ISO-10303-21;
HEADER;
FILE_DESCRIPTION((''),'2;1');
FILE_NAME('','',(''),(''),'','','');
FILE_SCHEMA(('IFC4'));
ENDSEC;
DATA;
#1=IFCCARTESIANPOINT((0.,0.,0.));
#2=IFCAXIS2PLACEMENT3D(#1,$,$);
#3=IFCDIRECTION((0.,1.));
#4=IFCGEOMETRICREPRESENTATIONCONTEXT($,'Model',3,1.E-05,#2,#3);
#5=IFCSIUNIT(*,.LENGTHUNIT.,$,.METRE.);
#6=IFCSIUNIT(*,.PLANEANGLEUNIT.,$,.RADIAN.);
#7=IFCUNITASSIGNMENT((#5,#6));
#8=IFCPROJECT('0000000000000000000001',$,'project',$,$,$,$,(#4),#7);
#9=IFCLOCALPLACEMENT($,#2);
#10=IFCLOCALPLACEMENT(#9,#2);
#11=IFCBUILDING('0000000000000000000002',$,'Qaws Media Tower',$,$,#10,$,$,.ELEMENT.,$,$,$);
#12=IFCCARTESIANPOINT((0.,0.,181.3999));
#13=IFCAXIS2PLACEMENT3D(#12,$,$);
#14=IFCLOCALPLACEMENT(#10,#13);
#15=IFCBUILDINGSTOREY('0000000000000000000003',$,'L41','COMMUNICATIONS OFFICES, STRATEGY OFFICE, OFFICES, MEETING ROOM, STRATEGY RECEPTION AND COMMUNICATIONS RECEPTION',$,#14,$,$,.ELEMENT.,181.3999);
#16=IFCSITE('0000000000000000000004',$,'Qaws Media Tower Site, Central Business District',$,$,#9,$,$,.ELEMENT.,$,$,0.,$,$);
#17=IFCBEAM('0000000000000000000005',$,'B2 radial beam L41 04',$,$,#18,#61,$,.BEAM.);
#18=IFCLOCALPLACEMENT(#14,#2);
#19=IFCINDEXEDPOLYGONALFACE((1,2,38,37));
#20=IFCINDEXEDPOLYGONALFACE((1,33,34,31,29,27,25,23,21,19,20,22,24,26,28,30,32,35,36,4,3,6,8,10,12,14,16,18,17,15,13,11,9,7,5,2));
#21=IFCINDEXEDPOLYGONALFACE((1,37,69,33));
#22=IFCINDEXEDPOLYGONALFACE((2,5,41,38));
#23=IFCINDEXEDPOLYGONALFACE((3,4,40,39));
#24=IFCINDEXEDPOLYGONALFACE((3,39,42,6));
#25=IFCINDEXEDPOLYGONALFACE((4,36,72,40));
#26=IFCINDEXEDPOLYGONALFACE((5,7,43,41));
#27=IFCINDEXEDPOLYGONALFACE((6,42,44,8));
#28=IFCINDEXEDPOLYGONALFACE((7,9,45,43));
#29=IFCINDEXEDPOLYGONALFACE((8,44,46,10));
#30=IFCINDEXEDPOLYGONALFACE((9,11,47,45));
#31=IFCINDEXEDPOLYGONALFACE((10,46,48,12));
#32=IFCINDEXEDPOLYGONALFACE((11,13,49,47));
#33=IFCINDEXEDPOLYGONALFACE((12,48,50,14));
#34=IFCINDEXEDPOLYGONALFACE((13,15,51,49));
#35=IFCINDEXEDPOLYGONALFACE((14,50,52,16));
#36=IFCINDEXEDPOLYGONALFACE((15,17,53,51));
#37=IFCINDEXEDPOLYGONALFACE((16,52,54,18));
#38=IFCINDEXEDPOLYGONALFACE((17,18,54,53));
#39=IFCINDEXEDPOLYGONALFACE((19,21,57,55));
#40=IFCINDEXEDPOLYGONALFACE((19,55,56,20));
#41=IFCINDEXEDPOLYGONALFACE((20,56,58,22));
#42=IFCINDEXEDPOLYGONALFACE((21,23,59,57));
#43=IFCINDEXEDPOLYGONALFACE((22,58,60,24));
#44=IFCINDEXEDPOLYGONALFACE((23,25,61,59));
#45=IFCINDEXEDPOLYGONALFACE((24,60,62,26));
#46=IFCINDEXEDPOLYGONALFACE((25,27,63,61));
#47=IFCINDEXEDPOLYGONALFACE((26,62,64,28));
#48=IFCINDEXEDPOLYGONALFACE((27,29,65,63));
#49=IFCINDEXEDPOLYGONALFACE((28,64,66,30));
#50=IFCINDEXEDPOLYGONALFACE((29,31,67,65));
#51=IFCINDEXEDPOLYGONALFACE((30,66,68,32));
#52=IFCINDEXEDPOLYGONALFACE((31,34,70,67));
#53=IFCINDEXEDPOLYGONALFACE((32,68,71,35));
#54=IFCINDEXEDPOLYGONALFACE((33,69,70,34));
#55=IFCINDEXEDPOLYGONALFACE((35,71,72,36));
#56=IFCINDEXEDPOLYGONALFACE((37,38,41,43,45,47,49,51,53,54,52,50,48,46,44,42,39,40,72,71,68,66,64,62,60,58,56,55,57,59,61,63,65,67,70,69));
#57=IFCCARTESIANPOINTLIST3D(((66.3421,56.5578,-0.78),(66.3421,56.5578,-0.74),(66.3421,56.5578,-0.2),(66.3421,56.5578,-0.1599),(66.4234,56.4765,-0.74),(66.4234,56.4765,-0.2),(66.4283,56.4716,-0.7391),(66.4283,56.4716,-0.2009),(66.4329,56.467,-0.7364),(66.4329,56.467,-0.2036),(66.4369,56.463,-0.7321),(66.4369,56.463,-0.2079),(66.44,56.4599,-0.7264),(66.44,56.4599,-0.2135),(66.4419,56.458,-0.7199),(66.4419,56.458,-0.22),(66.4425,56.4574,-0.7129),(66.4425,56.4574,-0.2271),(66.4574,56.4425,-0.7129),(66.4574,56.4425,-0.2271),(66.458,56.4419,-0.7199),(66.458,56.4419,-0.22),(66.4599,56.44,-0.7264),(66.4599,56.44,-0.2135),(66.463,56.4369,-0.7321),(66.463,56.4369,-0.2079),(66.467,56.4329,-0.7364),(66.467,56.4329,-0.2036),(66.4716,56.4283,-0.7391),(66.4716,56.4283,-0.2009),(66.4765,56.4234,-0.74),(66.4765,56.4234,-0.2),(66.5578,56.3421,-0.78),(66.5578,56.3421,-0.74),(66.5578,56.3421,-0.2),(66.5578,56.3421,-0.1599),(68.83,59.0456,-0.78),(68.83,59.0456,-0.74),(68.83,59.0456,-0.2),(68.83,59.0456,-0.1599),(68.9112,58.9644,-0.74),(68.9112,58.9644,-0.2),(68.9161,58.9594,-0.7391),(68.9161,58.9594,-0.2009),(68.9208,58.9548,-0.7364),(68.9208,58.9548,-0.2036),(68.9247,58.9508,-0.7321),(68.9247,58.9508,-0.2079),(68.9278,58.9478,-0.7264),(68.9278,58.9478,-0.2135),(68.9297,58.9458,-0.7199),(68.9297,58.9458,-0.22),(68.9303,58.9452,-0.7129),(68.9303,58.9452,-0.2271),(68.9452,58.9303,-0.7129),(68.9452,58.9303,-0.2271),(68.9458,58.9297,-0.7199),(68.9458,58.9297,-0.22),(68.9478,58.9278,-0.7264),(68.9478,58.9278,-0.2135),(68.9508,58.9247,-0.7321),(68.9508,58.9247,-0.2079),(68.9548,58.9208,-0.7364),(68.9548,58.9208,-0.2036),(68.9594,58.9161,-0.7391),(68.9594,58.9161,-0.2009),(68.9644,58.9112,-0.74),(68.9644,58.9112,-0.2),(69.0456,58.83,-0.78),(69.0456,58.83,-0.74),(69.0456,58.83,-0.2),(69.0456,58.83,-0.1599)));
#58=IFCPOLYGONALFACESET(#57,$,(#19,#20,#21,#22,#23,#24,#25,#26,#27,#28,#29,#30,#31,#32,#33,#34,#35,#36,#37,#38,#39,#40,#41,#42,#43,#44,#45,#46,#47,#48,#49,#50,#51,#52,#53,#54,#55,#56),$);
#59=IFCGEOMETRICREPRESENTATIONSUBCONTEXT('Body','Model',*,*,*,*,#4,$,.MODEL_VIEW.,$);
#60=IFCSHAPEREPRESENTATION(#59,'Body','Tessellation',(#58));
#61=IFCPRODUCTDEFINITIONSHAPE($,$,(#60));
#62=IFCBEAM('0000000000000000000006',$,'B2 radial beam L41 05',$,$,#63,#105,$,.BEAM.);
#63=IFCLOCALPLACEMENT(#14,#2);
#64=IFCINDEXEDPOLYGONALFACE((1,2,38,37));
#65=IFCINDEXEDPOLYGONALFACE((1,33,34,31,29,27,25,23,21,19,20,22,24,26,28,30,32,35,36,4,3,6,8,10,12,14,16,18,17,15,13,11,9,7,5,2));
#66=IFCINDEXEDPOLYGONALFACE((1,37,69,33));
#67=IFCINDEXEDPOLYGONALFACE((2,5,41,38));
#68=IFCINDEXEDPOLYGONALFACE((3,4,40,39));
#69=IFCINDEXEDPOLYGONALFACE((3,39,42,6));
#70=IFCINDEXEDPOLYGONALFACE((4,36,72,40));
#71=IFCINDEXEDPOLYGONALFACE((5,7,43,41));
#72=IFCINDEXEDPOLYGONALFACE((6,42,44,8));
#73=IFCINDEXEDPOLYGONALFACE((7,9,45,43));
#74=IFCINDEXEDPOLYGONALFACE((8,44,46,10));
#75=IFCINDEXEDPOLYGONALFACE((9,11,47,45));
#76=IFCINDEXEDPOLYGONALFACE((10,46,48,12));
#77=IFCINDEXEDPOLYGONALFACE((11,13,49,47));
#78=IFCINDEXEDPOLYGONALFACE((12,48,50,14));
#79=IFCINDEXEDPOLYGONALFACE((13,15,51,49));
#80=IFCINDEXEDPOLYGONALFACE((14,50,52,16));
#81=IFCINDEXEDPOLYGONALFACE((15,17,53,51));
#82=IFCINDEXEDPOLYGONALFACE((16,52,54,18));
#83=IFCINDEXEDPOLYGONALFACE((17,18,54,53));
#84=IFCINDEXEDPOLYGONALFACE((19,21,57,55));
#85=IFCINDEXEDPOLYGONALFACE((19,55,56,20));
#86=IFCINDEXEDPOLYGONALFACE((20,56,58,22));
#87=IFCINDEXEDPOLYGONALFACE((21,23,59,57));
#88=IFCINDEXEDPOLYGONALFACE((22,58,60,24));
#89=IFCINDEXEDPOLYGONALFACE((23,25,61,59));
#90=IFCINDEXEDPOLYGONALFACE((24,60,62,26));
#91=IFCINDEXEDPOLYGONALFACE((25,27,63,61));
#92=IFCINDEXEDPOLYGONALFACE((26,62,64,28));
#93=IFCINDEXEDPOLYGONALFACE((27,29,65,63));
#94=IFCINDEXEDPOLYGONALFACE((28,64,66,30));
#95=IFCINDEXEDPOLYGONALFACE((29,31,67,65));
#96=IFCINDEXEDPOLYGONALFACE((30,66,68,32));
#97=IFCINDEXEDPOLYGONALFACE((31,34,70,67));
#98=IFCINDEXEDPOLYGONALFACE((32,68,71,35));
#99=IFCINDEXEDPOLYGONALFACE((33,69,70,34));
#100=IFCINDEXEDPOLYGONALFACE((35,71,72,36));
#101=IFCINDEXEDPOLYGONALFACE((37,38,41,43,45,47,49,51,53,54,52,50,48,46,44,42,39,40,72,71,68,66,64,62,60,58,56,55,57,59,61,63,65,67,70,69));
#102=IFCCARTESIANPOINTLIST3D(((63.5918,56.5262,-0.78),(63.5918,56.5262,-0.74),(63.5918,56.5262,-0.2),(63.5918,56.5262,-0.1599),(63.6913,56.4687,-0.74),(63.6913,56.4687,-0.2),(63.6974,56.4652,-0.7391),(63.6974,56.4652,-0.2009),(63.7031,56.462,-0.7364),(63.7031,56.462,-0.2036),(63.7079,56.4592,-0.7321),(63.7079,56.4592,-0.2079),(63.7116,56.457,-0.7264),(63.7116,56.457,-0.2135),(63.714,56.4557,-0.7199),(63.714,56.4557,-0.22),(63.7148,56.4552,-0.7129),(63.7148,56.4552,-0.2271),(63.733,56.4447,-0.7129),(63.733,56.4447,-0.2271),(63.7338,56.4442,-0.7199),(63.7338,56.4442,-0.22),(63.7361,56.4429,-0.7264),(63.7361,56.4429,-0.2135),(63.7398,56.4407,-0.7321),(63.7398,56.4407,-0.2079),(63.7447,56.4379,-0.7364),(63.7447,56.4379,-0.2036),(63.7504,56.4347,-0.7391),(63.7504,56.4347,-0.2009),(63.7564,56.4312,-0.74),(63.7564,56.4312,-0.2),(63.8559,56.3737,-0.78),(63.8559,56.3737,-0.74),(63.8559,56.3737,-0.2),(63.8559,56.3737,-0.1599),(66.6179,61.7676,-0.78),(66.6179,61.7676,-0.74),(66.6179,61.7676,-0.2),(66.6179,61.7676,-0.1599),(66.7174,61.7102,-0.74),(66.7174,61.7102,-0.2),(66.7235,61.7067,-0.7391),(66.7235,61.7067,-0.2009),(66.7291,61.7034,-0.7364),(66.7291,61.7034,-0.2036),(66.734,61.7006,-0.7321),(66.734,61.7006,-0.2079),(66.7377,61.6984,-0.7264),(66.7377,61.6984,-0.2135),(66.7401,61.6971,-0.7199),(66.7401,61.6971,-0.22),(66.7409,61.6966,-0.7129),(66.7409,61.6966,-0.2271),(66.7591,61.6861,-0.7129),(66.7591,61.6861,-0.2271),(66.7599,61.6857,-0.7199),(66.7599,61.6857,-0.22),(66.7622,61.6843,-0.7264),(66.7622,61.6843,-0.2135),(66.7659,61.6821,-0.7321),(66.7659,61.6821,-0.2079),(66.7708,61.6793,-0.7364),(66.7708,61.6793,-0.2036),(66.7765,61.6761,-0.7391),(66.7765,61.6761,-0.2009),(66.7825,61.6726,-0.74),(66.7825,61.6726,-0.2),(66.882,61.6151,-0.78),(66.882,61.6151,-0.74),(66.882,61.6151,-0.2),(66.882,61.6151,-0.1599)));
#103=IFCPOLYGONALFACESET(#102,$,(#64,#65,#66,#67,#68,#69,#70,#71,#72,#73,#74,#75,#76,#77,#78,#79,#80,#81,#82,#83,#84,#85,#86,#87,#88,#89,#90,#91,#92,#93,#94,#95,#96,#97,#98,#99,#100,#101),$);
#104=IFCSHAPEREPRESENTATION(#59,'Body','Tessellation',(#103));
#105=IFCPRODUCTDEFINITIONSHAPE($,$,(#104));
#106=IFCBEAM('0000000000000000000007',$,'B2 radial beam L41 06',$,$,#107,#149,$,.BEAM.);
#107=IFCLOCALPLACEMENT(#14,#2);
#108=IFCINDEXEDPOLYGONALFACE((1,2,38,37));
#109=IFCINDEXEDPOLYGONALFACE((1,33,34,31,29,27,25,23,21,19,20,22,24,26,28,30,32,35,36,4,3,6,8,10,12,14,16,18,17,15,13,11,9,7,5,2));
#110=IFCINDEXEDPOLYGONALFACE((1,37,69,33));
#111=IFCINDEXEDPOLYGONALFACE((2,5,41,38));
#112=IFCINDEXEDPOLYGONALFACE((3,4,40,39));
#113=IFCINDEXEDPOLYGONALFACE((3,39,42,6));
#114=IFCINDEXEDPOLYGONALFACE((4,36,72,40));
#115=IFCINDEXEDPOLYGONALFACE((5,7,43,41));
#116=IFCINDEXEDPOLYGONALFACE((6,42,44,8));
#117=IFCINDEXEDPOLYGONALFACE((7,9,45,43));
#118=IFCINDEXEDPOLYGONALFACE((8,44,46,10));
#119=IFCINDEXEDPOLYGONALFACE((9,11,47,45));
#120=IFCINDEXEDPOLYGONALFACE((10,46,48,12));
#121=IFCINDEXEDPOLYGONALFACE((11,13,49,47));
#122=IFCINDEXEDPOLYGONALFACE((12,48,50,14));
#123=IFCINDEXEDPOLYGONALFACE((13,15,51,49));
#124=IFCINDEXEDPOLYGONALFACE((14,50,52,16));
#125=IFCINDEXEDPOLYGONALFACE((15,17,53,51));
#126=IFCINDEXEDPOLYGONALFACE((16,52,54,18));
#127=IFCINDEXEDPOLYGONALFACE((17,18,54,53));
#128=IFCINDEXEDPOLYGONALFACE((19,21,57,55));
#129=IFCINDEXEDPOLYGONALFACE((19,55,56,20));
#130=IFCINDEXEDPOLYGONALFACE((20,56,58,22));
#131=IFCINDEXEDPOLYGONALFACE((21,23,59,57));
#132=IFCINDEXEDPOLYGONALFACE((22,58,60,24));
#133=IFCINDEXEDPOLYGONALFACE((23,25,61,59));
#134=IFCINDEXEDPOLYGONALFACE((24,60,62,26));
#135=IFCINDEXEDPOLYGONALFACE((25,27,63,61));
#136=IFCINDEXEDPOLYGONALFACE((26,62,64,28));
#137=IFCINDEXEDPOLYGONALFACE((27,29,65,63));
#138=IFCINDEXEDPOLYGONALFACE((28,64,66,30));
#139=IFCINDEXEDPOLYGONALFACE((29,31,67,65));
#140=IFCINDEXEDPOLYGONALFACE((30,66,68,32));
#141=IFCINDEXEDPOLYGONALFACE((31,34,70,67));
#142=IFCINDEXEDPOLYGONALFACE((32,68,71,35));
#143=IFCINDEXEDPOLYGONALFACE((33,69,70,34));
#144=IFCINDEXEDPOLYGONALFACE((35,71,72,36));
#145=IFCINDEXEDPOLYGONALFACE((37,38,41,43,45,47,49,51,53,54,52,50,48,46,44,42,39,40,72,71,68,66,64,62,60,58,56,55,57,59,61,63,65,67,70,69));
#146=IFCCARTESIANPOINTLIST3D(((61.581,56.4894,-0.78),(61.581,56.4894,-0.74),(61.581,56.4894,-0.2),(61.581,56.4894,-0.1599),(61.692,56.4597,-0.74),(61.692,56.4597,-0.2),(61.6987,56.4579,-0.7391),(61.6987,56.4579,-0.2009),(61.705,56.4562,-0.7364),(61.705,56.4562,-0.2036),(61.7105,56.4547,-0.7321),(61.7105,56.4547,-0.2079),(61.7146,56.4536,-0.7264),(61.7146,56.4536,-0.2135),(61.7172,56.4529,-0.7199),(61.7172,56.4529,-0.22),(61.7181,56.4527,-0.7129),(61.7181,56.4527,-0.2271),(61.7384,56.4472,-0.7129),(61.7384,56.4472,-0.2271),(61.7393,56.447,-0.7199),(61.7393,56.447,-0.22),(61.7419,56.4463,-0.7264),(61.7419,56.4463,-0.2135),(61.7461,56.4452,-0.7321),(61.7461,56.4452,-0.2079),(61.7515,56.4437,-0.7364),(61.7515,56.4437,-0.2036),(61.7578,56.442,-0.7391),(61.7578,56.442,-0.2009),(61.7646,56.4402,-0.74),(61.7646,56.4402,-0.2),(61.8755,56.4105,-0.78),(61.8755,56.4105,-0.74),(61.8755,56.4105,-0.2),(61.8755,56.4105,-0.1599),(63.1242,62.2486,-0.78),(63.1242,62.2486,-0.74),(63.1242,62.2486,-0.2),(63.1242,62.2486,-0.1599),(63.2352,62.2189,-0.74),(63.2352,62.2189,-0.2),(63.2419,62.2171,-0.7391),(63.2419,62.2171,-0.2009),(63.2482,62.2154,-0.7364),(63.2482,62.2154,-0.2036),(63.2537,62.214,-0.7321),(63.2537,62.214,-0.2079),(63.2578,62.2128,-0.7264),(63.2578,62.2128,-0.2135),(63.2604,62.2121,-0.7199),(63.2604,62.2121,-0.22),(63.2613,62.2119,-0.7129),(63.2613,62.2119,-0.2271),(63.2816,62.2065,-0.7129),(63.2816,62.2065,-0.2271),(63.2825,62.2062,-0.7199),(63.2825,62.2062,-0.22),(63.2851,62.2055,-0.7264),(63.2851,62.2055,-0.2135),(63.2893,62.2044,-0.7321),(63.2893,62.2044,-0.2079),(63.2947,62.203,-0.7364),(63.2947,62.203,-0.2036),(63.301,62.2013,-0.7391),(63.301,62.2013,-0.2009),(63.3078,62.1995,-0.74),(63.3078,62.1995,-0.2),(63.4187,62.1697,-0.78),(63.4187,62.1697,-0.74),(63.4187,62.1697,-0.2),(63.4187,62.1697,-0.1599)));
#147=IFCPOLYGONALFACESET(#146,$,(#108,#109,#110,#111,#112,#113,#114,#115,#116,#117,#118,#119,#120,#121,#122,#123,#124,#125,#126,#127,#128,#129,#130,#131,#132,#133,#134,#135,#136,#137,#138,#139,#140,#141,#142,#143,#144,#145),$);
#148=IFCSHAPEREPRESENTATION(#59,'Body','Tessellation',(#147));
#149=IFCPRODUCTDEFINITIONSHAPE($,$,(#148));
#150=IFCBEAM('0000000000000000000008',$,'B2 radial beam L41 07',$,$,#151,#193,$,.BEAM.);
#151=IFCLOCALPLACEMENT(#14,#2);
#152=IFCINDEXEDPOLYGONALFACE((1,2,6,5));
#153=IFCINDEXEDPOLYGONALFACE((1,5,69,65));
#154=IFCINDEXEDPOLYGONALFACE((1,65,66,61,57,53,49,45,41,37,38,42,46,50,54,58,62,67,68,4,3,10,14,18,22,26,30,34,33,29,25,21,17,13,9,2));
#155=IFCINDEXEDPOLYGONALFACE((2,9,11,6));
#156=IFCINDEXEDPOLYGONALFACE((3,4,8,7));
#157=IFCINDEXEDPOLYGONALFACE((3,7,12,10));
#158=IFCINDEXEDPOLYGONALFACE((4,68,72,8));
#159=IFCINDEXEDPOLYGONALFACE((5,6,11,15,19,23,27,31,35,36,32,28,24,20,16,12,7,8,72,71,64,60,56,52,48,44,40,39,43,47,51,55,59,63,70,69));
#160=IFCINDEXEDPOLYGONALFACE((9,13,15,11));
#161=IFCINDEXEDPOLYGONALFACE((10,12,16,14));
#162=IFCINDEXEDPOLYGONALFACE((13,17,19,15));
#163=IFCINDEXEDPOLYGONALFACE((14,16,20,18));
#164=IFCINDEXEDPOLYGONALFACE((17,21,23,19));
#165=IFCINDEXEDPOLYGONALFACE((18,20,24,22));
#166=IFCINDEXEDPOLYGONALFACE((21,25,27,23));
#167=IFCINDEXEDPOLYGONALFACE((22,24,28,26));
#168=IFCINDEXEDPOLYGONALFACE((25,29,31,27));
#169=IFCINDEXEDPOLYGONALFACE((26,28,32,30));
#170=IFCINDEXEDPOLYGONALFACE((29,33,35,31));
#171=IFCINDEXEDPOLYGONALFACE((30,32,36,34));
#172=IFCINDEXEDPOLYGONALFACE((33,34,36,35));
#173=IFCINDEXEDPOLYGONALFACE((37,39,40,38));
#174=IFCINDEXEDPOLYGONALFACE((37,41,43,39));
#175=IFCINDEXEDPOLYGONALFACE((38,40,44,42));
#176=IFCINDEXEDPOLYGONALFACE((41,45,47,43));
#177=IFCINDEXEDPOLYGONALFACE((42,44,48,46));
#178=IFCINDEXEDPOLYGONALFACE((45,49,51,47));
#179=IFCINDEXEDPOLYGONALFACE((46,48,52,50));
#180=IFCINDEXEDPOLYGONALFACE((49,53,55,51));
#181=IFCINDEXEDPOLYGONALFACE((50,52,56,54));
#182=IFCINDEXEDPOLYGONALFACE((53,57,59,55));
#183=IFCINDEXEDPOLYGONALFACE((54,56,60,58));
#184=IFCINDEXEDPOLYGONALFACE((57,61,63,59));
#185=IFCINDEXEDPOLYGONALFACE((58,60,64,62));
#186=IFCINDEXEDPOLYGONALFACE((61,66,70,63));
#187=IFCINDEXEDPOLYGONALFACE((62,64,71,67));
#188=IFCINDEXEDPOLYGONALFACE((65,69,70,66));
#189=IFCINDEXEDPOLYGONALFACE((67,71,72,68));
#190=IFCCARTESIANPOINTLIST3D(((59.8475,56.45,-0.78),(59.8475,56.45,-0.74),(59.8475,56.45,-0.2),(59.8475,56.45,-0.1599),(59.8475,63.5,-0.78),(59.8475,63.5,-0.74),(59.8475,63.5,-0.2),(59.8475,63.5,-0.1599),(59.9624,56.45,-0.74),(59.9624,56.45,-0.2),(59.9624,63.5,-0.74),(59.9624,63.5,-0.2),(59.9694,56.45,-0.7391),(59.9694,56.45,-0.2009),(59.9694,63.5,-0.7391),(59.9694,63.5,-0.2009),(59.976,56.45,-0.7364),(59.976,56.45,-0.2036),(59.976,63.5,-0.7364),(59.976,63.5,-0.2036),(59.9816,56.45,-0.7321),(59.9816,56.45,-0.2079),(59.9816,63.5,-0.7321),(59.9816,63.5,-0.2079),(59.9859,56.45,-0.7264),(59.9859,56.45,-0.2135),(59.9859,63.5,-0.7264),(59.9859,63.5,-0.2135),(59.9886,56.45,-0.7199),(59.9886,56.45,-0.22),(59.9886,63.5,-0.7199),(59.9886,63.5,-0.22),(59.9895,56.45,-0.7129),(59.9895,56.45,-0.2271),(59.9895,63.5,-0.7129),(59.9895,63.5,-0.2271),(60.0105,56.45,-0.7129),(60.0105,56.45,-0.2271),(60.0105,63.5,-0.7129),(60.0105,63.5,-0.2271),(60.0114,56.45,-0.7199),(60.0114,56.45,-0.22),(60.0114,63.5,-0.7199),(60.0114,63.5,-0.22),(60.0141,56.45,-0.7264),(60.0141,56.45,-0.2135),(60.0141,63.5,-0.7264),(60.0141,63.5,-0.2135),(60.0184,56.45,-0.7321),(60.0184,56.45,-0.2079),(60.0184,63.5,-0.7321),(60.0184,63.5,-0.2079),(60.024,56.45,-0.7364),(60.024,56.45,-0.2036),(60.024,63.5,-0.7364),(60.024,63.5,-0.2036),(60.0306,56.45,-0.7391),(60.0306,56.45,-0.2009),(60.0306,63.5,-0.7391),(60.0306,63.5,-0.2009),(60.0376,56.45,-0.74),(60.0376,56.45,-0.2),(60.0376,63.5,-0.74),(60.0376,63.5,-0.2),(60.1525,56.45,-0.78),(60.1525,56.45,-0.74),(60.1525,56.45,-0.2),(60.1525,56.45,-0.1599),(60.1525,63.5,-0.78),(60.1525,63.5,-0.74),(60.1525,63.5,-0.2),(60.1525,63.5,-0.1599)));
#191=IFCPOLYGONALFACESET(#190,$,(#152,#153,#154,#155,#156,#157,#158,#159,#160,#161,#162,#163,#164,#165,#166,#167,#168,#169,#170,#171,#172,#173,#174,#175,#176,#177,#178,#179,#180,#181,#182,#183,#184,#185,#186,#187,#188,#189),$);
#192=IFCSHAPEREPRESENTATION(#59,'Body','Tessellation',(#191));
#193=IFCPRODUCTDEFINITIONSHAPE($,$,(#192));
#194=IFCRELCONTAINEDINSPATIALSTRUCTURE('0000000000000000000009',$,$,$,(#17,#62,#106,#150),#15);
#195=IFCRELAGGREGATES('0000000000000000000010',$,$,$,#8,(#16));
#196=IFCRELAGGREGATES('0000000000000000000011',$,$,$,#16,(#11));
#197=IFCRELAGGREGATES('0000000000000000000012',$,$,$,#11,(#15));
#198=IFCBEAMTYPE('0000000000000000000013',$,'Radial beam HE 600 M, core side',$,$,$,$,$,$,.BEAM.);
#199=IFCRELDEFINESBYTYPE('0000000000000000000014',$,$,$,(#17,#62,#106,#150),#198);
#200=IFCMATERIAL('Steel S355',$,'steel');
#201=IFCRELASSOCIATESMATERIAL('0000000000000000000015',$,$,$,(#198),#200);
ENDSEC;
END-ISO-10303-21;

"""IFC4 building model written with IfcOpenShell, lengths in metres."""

from ifc_helpers import new_model, si_unit, direction, frame, origin, origin_2d, place, context, subcontext, project, spatial, i_section, extrude, material, material_profile, profile_set, type_object, element, save


model = new_model("IFC4")

# Units and contexts
model_context = context("Model", 3, precision=1e-05, world=origin(), true_north=direction((0.0, 1.0)))
body_context = subcontext(model_context, "Body", "Model", "MODEL_VIEW")
ifc_project = project(units=[si_unit("LENGTHUNIT", "METRE"), si_unit("PLANEANGLEUNIT", "RADIAN")], contexts=[model_context])

# Site, building, storey
site_placement = place(None, origin())
site = spatial("IfcSite", under=ifc_project, at=site_placement, Name="Qaws Media Tower Site, Central Business District", CompositionType="ELEMENT", RefElevation=0.0)
building_placement = place(site_placement, origin())
building = spatial("IfcBuilding", under=site, at=building_placement, Name="Qaws Media Tower", CompositionType="ELEMENT")
storey_placement = place(building_placement, frame((0.0, 0.0, 181.3999)))
storey = spatial("IfcBuildingStorey", under=building, at=storey_placement, Name="L41", Description="COMMUNICATIONS OFFICES, STRATEGY OFFICE, OFFICES, MEETING ROOM, STRATEGY RECEPTION AND COMMUNICATIONS RECEPTION", CompositionType="ELEMENT", Elevation=181.3999)

# Beams
ifc_material_1 = material(Name="Steel S355", Category="steel")
ifc_material_profile = material_profile(ifc_material_1, i_section(OverallWidth=0.3049, OverallDepth=0.6201, WebThickness=0.021, FlangeThickness=0.04, FilletRadius=0.0271, at=origin_2d()), Name="HE 600 M")
ifc_profile_set = profile_set([ifc_material_profile], Name="Steel S355")
beam_type = type_object("IfcBeamType", Name="Radial beam HE 600 M, core side", PredefinedType="BEAM", material=ifc_profile_set)
beam_1_placement = place(storey_placement, frame((66.45, 56.45, -0.47), z_axis=(0.707107, 0.707107, 0.0), x_axis=(-0.707107, 0.707107, 0.0)))
element("IfcBeam", 1, at=beam_1_placement, inside=storey, type_object=beam_type, Name="B2 radial beam L41 04", PredefinedType="BEAM", context=body_context, shape_type="SweptSolid", body=[
    extrude(i_section(OverallWidth=0.3049, OverallDepth=0.6201, WebThickness=0.021, FlangeThickness=0.04, FilletRadius=0.0271, at=origin_2d()), origin(), (0.0, 0.0, 1.0), 3.5183),
])
beam_2_placement = place(storey_placement, frame((63.7239, 56.45, -0.47), z_axis=(0.499996, 0.866028, 0.0), x_axis=(-0.866028, 0.499996, 0.0)))
element("IfcBeam", 2, at=beam_2_placement, inside=storey, type_object=beam_type, Name="B2 radial beam L41 05", PredefinedType="BEAM", context=body_context, shape_type="SweptSolid", body=[
    extrude(i_section(OverallWidth=0.3049, OverallDepth=0.6201, WebThickness=0.021, FlangeThickness=0.04, FilletRadius=0.0271, at=origin_2d()), origin(), (0.0, 0.0, 1.0), 6.0522),
])
beam_3_placement = place(storey_placement, frame((61.7283, 56.45, -0.47), z_axis=(0.258822, 0.965925, 0.0), x_axis=(-0.965925, 0.258822, 0.0)))
element("IfcBeam", 3, at=beam_3_placement, inside=storey, type_object=beam_type, Name="B2 radial beam L41 06", PredefinedType="BEAM", context=body_context, shape_type="SweptSolid", body=[
    extrude(i_section(OverallWidth=0.3049, OverallDepth=0.6201, WebThickness=0.021, FlangeThickness=0.04, FilletRadius=0.0271, at=origin_2d()), origin(), (0.0, 0.0, 1.0), 5.9624),
])
beam_4_placement = place(storey_placement, frame((60.0, 56.45, -0.47), z_axis=(0.0, 1.0, 0.0), x_axis=(-1.0, 0.0, 0.0)))
element("IfcBeam", 4, at=beam_4_placement, inside=storey, type_object=beam_type, Name="B2 radial beam L41 07", PredefinedType="BEAM", context=body_context, shape_type="SweptSolid", body=[
    extrude(i_section(OverallWidth=0.3049, OverallDepth=0.6201, WebThickness=0.021, FlangeThickness=0.04, FilletRadius=0.0271, at=origin_2d()), origin(), (0.0, 0.0, 1.0), 7.05),
])

save(model, "model.ifc")
